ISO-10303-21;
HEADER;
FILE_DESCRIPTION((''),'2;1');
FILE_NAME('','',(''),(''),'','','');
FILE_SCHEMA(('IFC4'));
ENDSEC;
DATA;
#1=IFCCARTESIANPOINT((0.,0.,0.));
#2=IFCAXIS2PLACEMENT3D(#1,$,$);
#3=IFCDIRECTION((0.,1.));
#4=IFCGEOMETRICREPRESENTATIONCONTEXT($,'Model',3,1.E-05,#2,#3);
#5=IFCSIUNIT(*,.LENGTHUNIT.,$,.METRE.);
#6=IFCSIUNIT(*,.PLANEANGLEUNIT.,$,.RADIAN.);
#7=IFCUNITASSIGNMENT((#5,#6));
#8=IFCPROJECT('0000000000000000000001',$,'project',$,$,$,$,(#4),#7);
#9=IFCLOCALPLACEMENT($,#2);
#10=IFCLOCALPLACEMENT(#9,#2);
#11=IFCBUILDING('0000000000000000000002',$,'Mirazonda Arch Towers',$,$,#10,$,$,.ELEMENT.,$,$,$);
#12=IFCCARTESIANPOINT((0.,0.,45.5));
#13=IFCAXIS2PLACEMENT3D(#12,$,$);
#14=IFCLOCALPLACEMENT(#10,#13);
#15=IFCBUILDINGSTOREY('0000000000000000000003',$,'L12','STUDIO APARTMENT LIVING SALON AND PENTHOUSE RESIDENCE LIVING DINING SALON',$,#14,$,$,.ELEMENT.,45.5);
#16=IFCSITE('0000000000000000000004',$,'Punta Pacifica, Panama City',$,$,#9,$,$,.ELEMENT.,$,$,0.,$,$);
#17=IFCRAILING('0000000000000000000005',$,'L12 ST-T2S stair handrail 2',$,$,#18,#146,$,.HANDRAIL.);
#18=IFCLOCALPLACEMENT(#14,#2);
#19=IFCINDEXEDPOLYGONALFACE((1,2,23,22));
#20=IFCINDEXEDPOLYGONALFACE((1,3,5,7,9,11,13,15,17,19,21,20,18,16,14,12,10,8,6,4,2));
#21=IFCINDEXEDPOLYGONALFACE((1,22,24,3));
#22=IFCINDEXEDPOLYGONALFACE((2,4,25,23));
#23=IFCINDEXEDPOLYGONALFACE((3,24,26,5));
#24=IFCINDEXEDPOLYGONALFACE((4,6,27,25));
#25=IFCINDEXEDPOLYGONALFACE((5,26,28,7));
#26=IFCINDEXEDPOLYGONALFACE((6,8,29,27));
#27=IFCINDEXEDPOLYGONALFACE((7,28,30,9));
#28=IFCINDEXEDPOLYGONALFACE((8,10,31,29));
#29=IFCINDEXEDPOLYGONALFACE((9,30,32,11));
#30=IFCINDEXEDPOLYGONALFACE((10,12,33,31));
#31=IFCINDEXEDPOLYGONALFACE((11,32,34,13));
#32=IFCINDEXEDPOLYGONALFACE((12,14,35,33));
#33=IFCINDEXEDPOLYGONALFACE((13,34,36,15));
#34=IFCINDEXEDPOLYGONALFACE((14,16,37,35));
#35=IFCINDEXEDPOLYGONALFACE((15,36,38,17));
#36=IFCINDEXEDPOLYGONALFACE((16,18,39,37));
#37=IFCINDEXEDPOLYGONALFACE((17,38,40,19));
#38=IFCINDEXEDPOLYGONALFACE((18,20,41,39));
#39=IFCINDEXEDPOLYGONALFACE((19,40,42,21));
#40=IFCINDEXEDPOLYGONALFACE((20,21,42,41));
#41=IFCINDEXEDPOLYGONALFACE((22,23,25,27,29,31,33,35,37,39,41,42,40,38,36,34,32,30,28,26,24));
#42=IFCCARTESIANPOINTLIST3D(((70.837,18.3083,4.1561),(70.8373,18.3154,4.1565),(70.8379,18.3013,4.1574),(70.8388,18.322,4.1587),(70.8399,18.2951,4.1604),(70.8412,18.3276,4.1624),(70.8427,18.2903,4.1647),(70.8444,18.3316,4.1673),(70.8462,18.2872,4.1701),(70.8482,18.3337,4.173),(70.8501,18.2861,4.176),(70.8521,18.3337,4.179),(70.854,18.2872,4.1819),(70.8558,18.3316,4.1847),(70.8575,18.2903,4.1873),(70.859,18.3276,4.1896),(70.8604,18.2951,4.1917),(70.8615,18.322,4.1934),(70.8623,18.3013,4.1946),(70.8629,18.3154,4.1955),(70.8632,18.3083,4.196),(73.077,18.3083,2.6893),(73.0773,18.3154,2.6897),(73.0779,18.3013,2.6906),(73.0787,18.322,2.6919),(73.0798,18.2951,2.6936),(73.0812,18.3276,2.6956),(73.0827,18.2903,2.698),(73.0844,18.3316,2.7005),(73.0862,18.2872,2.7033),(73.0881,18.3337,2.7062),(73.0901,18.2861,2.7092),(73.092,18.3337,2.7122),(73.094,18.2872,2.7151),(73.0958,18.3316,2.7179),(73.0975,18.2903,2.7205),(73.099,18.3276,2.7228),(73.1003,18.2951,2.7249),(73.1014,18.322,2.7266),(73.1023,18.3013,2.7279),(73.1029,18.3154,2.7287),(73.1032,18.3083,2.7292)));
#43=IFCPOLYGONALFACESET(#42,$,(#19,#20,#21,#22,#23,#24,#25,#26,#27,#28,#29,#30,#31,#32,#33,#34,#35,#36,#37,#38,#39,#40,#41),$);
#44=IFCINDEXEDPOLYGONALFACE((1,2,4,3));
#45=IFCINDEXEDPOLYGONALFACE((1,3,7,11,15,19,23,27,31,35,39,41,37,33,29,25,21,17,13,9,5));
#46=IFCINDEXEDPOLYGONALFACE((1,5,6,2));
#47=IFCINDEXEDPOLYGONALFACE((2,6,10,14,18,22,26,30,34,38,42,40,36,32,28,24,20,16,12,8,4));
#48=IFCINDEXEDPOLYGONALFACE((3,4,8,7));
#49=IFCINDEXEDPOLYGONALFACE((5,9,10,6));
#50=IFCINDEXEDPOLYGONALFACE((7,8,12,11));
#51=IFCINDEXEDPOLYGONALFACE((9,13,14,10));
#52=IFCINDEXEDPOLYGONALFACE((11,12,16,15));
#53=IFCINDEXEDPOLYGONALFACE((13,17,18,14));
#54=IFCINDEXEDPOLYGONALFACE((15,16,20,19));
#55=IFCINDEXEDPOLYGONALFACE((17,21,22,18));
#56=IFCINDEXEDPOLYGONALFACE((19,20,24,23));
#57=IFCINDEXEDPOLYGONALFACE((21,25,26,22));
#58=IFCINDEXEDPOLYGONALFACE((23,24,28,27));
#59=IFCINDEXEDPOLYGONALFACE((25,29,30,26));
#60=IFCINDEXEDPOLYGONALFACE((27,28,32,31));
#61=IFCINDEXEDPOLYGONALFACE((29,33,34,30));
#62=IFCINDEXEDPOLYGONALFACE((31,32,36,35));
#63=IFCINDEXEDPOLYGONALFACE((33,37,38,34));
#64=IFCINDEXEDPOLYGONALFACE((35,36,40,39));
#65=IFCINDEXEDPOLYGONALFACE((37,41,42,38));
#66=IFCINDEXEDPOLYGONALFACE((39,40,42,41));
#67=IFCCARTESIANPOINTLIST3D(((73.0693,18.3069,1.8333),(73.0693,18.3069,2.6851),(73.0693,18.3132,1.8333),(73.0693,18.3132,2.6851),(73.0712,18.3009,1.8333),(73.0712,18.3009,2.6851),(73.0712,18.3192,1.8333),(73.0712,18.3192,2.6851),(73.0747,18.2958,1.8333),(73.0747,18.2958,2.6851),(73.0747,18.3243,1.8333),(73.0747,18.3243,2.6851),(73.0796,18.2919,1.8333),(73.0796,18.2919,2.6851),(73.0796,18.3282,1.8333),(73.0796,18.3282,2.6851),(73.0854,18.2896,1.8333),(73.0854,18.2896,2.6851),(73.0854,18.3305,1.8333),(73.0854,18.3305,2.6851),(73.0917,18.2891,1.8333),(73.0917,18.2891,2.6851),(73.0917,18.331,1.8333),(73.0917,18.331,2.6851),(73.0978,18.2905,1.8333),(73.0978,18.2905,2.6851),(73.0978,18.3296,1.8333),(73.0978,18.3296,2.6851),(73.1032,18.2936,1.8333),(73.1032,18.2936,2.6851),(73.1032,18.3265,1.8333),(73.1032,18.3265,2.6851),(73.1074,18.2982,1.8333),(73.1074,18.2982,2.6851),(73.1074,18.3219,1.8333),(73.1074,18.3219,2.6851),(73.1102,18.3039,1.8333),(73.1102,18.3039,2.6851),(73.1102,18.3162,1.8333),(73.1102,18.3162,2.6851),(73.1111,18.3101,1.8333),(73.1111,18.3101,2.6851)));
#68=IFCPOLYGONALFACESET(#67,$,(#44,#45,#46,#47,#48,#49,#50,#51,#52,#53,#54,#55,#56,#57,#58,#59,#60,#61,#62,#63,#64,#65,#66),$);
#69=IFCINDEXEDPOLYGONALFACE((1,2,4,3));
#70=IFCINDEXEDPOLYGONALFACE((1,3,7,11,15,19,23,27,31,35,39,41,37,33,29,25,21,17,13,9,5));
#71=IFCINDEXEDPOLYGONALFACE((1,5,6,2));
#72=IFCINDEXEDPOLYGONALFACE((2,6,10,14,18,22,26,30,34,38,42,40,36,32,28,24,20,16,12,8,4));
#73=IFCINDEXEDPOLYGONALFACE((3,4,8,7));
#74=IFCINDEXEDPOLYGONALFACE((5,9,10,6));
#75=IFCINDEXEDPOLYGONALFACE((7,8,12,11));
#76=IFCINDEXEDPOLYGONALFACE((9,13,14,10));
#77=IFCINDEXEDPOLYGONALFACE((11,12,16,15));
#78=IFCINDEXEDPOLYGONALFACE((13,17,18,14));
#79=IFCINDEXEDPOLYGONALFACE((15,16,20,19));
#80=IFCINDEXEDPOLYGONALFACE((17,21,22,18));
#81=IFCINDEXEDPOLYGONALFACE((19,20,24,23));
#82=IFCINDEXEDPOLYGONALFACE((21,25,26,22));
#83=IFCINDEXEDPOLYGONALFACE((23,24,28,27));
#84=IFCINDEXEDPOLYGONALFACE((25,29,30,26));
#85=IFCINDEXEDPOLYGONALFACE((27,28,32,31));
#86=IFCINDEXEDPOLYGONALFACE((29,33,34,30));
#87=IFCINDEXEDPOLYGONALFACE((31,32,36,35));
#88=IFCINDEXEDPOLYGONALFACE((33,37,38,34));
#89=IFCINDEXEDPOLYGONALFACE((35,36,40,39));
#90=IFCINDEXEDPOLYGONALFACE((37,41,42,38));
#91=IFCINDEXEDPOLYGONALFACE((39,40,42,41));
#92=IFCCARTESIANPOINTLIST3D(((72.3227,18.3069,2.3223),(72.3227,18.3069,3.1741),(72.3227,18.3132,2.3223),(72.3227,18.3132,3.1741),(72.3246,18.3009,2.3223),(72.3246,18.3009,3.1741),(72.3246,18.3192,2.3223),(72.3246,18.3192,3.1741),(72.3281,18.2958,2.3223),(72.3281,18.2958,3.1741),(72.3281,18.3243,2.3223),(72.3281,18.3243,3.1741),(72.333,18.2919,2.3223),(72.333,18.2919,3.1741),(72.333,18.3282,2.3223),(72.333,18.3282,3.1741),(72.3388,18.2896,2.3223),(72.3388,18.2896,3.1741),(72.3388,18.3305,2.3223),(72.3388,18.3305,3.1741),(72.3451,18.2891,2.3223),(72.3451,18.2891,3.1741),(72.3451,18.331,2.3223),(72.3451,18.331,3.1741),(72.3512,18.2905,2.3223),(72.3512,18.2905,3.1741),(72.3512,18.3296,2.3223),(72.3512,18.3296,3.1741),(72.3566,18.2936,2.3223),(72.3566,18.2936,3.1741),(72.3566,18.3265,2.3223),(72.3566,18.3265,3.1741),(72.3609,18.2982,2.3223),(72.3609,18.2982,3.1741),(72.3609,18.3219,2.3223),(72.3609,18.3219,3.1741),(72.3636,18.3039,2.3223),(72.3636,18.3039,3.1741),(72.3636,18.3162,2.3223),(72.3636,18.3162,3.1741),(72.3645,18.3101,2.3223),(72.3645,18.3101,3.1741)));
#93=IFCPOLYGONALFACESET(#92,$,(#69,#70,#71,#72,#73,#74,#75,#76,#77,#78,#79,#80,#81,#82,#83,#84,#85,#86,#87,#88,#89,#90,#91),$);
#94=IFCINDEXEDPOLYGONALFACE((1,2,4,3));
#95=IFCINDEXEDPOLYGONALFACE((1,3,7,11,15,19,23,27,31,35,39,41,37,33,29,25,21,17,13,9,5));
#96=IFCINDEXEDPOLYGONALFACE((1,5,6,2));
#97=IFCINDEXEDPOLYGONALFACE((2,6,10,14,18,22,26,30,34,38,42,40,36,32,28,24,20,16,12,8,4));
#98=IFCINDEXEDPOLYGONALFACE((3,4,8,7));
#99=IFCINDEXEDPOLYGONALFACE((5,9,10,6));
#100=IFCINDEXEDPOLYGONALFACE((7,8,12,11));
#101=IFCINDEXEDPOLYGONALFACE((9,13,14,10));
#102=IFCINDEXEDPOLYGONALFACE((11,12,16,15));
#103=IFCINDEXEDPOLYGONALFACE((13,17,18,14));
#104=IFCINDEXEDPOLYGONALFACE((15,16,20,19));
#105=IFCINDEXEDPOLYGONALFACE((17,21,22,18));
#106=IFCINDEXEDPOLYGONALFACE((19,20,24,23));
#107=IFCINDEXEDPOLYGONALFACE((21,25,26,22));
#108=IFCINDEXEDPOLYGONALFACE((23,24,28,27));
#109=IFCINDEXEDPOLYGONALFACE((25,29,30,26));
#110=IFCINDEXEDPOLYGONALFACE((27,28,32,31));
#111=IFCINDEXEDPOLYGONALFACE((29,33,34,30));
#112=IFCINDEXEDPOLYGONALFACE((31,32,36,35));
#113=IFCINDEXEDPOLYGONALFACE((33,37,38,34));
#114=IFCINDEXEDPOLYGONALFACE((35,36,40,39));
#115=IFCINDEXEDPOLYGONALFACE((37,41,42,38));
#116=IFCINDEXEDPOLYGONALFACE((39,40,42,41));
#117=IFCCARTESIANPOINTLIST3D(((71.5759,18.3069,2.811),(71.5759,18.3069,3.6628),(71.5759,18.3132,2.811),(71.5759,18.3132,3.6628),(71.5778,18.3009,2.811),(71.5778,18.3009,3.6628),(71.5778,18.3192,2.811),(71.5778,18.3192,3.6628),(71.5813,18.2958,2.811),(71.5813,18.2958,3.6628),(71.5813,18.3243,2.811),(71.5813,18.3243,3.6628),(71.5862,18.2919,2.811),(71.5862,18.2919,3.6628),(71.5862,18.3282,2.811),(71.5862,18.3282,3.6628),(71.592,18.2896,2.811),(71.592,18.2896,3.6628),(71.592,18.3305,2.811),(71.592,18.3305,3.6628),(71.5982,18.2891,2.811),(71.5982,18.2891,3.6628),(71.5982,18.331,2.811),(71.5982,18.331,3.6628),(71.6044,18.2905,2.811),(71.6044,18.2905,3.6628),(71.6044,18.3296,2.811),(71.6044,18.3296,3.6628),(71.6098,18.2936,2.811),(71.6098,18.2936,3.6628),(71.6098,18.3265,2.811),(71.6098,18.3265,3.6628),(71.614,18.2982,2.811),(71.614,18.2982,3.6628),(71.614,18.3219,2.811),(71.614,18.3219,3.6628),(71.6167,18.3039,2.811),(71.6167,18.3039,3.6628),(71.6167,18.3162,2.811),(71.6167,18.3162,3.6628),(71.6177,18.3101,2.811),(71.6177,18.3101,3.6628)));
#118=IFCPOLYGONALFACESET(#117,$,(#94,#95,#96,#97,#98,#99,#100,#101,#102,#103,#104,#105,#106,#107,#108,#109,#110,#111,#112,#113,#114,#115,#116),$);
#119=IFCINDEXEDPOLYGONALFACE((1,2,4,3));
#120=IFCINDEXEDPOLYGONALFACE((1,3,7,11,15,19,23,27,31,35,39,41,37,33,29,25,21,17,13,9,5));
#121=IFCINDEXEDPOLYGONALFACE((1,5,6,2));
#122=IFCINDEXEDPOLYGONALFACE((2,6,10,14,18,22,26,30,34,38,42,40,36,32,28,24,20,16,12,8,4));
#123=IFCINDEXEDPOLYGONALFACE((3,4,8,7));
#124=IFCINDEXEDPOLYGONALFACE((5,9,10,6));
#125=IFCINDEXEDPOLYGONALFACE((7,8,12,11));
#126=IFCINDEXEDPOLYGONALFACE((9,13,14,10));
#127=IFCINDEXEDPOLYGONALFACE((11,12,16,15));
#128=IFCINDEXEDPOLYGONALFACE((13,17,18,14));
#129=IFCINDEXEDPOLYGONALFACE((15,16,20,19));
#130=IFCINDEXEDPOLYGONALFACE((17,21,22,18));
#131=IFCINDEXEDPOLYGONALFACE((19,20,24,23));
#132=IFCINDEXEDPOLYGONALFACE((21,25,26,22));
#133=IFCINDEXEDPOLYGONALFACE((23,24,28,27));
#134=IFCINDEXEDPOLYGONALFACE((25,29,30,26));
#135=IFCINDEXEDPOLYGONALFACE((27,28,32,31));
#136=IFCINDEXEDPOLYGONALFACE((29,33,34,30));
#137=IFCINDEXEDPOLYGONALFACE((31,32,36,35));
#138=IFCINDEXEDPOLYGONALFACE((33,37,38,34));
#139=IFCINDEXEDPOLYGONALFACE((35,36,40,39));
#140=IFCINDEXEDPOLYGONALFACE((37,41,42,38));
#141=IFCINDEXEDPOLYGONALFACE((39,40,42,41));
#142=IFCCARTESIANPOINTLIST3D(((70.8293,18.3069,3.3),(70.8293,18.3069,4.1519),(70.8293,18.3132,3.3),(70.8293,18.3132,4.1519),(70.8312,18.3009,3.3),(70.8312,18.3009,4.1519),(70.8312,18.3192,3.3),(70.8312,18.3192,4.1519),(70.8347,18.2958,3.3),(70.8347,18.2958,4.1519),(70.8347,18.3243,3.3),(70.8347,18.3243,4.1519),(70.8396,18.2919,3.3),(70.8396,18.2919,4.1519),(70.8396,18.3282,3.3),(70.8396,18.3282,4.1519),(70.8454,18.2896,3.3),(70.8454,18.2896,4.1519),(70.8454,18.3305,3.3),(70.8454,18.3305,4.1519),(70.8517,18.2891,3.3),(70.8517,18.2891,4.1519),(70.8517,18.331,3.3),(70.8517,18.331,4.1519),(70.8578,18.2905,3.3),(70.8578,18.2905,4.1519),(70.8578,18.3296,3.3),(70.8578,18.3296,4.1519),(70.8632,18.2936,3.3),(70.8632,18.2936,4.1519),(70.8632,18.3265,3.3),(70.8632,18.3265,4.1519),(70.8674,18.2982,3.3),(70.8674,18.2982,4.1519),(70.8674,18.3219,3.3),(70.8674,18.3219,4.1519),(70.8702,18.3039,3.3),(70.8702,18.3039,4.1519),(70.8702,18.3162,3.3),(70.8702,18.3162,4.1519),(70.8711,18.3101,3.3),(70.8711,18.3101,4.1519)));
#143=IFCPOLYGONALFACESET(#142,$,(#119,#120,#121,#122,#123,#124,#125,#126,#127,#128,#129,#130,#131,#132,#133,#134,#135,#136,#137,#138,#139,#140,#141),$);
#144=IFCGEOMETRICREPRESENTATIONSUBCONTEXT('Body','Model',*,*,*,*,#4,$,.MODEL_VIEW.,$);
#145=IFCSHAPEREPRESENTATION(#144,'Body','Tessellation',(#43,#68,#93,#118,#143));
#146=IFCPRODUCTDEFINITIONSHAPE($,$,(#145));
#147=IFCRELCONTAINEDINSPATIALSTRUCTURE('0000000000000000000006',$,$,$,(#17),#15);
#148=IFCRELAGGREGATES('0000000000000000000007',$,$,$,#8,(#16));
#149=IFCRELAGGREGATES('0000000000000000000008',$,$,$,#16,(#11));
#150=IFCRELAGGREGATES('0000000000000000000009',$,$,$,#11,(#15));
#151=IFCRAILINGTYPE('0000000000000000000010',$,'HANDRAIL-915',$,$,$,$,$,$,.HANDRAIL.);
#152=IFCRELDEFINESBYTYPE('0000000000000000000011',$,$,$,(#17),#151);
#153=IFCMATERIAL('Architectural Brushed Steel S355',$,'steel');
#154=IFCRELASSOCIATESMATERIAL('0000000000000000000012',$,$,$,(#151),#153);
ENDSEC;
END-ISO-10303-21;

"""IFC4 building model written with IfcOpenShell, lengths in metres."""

from ifc_helpers import new_model, si_unit, direction, frame, origin, origin_2d, place, context, subcontext, project, spatial, circle, extrude, material, type_object, element, save


model = new_model("IFC4")

# Units and contexts
model_context = context("Model", 3, precision=1e-05, world=origin(), true_north=direction((0.0, 1.0)))
body_context = subcontext(model_context, "Body", "Model", "MODEL_VIEW")
ifc_project = project(units=[si_unit("LENGTHUNIT", "METRE"), si_unit("PLANEANGLEUNIT", "RADIAN")], contexts=[model_context])

# Site, building, storey
site_placement = place(None, origin())
site = spatial("IfcSite", under=ifc_project, at=site_placement, Name="Punta Pacifica, Panama City", CompositionType="ELEMENT", RefElevation=0.0)
building_placement = place(site_placement, origin())
building = spatial("IfcBuilding", under=site, at=building_placement, Name="Mirazonda Arch Towers", CompositionType="ELEMENT")
storey_placement = place(building_placement, frame((0.0, 0.0, 45.5)))
storey = spatial("IfcBuildingStorey", under=building, at=storey_placement, Name="L12", Description="STUDIO APARTMENT LIVING SALON AND PENTHOUSE RESIDENCE LIVING DINING SALON", CompositionType="ELEMENT", Elevation=45.5)

# Railing
ifc_material_1 = material(Name="Architectural Brushed Steel S355", Category="steel")
railing_type_1 = type_object("IfcRailingType", Name="HANDRAIL-915", PredefinedType="HANDRAIL", material=ifc_material_1)
railing_1_placement = place(storey_placement, frame((73.0901, 18.3101, 1.8333)))
element("IfcRailing", 1, at=railing_1_placement, inside=storey, type_object=railing_type_1, Name="L12 ST-T2S stair handrail 2", PredefinedType="HANDRAIL", context=body_context, shape_type="SweptSolid", body=[
    extrude(circle(Radius=0.0239, at=origin_2d()), frame((0.0, 0.0, 0.876), z_axis=(-0.836595, 0.0, 0.547822), x_axis=(0.0, -1.0, 0.0)), (0.0, 0.0, 1.0), 2.6775),
    extrude(circle(Radius=0.021, at=origin_2d()), origin(), (0.0, 0.0, 1.0), 0.8518),
    extrude(circle(Radius=0.021, at=origin_2d()), frame((-0.7466, 0.0, 0.489)), (0.0, 0.0, 1.0), 0.8518),
    extrude(circle(Radius=0.021, at=origin_2d()), frame((-1.4934, 0.0, 0.9778)), (0.0, 0.0, 1.0), 0.8518),
    extrude(circle(Radius=0.021, at=origin_2d()), frame((-2.24, 0.0, 1.4668)), (0.0, 0.0, 1.0), 0.8518),
])

save(model, "model.ifc")
